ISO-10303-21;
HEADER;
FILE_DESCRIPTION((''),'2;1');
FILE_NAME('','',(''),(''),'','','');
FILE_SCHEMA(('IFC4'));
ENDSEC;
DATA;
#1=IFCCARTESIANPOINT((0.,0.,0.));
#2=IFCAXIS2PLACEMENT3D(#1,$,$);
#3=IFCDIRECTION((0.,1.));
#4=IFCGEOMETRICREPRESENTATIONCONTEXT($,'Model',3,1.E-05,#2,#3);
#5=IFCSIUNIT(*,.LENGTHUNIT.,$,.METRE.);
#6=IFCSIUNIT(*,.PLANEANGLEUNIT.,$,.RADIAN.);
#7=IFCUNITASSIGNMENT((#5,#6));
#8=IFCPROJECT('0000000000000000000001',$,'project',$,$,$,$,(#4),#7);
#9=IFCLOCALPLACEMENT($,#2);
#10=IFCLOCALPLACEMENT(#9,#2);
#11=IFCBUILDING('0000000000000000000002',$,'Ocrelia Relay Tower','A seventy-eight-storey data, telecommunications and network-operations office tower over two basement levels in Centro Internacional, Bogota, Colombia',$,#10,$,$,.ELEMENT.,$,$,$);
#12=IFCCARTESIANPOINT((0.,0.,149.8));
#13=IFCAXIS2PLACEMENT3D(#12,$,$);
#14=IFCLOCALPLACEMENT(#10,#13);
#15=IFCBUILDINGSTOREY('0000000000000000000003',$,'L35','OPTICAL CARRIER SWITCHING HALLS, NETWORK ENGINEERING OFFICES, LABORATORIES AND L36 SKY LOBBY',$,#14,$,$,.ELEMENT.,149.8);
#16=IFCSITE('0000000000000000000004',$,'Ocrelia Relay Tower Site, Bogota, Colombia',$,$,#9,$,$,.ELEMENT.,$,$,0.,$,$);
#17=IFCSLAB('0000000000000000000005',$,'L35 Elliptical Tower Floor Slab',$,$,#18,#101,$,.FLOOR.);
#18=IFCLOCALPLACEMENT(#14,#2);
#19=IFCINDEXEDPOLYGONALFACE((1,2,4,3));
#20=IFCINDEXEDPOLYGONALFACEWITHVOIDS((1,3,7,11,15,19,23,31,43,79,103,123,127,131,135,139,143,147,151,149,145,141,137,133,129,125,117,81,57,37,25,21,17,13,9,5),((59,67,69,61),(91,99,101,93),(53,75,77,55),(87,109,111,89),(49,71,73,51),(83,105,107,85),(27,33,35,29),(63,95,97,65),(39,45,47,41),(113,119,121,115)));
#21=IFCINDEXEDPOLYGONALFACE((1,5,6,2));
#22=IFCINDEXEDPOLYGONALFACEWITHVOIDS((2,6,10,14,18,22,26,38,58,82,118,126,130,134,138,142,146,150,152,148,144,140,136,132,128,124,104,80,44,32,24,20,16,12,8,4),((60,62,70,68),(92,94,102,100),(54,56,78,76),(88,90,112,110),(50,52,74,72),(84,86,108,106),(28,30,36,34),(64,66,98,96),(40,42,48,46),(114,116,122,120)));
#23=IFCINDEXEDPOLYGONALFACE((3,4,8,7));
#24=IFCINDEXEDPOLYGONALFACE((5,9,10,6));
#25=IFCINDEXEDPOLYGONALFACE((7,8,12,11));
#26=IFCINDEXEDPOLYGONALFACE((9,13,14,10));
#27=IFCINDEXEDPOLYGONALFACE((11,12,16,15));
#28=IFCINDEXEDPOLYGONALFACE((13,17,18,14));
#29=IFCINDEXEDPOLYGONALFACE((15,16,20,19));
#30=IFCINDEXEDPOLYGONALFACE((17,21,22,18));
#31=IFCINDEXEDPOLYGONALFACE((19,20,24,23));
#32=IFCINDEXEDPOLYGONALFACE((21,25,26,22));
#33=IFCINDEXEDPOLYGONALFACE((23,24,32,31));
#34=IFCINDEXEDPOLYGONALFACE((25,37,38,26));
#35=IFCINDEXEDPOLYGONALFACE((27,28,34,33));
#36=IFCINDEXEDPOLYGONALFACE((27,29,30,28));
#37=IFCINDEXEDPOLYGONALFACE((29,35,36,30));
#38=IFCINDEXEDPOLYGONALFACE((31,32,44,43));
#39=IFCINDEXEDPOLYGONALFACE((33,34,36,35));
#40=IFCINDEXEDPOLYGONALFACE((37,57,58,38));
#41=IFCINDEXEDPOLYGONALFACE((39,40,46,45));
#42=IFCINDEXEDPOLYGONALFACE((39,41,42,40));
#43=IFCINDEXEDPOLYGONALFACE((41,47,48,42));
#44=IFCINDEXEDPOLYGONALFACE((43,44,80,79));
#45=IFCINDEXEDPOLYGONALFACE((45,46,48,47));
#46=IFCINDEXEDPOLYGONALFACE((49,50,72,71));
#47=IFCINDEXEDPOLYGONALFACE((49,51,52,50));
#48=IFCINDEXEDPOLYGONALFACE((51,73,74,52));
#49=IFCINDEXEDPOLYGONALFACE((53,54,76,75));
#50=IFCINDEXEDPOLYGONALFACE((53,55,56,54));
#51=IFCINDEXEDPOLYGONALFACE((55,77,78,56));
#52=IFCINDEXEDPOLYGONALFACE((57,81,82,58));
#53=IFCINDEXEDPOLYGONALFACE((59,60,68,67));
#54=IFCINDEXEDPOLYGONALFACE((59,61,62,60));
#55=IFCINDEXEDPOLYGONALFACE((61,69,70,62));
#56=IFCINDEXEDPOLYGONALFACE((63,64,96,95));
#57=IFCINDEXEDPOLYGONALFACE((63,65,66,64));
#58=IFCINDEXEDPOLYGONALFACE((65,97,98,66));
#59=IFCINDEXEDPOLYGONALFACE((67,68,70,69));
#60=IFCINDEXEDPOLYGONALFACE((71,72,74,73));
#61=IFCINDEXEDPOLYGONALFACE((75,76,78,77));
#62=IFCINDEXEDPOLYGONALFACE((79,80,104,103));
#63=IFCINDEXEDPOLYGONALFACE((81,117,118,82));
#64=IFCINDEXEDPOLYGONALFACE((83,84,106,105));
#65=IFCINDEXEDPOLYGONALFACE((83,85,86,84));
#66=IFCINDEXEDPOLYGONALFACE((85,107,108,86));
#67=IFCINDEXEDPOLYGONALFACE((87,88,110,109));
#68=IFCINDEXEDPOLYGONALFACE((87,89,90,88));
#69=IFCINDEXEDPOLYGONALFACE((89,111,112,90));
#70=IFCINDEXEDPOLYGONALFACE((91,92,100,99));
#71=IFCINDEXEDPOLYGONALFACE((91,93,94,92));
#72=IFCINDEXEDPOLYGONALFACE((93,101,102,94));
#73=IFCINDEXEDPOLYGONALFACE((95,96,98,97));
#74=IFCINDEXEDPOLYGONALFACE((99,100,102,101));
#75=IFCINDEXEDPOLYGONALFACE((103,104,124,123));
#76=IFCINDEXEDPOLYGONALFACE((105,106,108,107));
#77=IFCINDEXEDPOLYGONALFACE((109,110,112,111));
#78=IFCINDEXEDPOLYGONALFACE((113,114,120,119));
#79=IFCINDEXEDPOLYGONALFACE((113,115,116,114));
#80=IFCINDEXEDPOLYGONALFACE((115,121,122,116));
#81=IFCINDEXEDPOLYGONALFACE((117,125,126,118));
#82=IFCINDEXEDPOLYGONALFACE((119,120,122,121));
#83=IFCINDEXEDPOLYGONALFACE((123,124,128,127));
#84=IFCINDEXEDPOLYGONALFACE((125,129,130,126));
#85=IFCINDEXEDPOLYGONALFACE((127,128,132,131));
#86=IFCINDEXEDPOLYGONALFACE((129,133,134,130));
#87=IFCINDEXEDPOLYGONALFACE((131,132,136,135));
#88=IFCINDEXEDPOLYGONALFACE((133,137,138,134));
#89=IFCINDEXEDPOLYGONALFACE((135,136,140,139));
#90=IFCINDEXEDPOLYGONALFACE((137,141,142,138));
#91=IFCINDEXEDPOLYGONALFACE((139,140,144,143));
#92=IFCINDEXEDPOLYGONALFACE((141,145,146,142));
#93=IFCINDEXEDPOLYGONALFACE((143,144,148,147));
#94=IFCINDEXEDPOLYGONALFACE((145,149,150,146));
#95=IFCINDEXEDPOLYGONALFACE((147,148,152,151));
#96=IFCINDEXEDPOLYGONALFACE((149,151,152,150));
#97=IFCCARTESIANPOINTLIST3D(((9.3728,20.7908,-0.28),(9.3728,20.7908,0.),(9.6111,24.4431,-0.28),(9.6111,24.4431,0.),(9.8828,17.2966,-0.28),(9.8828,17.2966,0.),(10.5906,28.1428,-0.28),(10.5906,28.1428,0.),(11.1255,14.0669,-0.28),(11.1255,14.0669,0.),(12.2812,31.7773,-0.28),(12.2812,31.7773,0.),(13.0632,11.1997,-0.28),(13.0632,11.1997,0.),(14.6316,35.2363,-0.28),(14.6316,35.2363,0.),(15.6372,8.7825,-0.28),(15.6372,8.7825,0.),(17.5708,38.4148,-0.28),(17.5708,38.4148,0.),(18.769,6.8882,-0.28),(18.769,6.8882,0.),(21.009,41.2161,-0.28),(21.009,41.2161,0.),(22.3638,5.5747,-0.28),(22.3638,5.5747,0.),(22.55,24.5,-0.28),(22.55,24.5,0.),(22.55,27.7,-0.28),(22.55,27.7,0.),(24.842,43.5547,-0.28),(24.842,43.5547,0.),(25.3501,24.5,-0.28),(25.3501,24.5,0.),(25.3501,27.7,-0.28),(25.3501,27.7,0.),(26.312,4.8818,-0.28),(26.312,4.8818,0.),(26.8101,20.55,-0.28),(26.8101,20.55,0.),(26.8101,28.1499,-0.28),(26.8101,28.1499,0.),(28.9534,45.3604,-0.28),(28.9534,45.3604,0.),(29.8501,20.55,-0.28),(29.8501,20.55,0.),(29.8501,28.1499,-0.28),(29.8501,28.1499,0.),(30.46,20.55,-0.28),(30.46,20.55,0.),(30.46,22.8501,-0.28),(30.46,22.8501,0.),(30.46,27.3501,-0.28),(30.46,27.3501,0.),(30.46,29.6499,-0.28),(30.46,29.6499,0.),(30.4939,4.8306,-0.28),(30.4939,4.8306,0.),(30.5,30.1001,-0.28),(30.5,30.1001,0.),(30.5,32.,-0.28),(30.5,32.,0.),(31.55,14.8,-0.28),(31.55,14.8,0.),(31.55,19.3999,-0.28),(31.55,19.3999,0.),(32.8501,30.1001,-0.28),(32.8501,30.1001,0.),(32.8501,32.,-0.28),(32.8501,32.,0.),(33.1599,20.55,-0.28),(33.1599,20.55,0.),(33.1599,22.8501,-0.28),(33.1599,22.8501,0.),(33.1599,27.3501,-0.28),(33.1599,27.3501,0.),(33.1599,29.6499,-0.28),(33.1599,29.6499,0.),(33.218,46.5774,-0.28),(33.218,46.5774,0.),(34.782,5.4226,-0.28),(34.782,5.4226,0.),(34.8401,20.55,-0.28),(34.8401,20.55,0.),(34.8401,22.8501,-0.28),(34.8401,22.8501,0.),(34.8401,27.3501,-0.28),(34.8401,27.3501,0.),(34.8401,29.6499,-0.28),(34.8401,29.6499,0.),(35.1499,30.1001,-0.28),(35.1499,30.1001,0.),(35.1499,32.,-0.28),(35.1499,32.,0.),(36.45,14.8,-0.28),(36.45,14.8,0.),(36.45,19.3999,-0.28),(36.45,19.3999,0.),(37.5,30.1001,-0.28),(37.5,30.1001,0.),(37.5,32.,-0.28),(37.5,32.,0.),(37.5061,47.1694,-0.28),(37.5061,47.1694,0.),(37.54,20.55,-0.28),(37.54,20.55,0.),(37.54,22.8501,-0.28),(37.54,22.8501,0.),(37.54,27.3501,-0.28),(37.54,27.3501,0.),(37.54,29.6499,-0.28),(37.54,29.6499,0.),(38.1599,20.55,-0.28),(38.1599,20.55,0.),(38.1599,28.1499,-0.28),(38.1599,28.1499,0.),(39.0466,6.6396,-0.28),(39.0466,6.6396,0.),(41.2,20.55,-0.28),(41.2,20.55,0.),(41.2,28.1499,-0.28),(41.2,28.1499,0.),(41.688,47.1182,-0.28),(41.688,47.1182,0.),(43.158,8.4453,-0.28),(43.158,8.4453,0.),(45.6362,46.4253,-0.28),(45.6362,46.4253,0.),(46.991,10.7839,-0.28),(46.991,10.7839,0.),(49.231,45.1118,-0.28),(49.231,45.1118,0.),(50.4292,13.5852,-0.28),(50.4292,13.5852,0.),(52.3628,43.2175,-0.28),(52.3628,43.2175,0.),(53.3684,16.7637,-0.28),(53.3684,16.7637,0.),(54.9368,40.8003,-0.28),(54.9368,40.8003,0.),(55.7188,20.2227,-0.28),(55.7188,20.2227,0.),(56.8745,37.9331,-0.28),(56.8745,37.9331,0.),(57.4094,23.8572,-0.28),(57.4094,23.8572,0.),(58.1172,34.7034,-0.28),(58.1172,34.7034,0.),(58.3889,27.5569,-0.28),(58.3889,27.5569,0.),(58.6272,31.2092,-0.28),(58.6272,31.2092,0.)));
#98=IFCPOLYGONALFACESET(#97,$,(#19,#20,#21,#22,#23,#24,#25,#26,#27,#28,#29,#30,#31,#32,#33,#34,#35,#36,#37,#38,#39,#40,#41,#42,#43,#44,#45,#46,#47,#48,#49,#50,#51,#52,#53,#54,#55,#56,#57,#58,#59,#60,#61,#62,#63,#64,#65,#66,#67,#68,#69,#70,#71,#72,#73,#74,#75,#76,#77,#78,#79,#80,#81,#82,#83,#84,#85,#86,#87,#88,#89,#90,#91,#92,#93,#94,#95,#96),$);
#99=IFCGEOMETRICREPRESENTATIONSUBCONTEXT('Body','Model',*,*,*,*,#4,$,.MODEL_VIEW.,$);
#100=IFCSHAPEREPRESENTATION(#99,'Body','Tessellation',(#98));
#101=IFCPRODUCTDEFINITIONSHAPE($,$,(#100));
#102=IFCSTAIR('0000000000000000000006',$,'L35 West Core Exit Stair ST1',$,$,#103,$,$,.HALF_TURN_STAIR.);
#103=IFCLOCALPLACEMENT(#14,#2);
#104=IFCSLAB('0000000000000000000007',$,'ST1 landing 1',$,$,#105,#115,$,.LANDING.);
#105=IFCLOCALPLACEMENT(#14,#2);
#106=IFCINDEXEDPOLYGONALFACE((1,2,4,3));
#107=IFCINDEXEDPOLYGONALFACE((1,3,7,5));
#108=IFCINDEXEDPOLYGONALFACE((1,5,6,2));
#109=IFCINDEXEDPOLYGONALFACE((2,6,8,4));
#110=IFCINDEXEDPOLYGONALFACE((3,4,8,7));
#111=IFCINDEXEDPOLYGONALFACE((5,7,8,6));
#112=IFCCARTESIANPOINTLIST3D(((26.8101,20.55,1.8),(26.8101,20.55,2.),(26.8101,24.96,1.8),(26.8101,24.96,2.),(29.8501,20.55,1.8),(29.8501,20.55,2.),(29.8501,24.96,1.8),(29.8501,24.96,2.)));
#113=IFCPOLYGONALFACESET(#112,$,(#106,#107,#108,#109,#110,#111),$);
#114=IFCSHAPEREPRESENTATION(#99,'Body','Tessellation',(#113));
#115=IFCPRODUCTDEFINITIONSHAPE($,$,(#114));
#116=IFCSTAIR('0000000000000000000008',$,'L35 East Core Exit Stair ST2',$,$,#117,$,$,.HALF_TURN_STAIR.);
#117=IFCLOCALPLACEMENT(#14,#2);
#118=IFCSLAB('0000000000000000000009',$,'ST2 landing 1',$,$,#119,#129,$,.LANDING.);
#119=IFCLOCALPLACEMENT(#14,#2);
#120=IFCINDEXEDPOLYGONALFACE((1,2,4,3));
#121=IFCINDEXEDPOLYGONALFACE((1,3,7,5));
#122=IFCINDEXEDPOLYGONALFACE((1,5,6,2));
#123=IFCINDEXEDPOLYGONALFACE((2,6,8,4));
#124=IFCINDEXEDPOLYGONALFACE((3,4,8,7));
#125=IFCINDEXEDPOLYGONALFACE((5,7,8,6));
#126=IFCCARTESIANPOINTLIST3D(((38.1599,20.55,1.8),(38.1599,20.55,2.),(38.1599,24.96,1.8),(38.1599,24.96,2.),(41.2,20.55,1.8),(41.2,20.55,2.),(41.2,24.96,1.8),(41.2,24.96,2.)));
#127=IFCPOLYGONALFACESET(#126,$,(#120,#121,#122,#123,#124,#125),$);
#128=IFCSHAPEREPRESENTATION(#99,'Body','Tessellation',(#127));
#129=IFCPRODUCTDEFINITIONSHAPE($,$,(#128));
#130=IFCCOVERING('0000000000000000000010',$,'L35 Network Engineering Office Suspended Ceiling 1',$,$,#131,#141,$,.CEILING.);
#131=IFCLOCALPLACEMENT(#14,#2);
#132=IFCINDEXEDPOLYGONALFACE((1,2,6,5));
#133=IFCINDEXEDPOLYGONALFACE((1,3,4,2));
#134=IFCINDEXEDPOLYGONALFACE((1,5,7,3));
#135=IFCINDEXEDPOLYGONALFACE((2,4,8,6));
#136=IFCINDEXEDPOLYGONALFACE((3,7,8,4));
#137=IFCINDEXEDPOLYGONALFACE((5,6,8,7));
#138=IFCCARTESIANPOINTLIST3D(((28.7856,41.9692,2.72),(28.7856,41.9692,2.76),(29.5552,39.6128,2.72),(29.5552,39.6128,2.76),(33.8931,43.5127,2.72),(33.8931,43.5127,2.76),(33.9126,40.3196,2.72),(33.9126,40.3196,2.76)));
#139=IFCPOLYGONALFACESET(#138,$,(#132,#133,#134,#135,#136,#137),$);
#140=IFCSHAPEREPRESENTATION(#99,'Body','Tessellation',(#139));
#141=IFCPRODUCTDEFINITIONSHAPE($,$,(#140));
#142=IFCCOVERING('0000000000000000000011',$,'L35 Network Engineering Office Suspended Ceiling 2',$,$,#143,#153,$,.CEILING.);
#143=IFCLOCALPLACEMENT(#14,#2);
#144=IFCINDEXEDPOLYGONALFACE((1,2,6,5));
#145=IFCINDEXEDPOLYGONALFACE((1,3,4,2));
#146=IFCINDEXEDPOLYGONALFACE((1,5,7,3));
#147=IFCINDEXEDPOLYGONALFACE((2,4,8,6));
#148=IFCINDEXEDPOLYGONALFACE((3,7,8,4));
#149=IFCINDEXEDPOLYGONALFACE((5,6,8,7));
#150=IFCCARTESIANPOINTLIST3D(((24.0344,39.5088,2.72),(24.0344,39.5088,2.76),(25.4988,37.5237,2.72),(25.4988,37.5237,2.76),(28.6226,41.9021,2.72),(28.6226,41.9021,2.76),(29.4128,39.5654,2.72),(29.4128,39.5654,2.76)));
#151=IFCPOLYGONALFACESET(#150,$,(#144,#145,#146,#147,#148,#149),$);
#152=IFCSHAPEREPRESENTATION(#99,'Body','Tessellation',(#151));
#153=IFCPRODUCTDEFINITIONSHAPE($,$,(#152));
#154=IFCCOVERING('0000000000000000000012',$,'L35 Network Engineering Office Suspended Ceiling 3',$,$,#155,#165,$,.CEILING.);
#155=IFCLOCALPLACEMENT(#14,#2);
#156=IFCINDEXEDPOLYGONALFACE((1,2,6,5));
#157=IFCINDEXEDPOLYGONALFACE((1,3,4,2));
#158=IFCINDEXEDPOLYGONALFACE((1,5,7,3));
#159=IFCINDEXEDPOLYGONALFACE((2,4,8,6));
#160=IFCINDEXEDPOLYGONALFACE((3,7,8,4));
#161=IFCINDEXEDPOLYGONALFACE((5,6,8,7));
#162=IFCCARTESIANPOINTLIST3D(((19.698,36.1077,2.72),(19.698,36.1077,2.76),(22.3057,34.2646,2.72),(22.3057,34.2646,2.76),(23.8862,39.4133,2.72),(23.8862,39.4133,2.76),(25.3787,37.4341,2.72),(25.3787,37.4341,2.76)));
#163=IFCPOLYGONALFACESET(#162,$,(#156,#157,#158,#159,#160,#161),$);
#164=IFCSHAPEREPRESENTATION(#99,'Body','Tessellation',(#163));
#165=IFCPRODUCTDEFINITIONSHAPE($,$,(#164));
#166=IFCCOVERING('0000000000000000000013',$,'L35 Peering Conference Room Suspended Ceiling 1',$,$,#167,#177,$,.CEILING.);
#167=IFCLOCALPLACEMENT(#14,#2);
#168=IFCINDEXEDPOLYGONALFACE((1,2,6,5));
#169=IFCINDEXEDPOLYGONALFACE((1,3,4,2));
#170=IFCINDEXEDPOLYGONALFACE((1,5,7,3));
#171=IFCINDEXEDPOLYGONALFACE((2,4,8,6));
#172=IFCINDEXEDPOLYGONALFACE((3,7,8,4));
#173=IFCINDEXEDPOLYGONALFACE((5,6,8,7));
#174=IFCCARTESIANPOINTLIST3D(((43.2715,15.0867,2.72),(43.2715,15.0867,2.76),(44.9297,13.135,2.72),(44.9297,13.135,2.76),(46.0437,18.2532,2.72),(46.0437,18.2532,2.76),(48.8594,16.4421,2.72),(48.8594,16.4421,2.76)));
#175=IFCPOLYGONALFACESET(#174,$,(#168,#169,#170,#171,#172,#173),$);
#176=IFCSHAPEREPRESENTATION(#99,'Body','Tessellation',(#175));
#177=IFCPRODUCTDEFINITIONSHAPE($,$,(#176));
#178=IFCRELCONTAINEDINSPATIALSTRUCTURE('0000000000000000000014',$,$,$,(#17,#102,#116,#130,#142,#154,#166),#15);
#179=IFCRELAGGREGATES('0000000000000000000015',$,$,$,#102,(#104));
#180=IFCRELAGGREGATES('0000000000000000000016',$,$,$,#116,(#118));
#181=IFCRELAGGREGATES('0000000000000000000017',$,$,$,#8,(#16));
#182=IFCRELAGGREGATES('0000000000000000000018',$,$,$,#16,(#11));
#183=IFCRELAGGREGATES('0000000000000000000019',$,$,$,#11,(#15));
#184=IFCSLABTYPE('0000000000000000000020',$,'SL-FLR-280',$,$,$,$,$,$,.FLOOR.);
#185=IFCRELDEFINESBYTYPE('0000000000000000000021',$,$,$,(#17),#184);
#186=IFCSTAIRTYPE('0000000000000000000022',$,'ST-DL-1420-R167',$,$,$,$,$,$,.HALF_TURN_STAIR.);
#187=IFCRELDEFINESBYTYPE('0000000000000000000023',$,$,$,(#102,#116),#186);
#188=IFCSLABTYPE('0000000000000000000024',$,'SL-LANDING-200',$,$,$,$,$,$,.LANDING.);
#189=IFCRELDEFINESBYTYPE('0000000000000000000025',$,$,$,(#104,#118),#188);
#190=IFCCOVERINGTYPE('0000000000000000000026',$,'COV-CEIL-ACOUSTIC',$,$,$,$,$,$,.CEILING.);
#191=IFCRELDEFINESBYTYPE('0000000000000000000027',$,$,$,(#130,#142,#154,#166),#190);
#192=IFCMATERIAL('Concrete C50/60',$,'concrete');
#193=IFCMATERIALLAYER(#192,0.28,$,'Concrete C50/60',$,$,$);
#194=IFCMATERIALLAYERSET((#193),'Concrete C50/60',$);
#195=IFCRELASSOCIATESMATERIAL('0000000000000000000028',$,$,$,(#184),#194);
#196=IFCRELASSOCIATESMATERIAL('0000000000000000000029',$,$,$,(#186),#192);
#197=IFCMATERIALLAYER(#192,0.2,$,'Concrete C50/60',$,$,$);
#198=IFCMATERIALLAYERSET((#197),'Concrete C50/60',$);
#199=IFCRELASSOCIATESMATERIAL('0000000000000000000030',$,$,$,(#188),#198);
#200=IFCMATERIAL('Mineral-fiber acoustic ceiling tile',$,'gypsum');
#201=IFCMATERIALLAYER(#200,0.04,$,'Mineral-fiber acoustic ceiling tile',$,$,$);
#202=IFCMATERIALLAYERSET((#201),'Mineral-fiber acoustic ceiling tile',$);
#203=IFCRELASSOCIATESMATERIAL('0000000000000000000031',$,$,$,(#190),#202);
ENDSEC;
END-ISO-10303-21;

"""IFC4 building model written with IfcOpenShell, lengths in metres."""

from ifc_helpers import new_model, si_unit, direction, frame, origin, place, context, subcontext, project, spatial, polyline, outline, extrude, material, layer, layer_set, type_object, element, aggregate, save


model = new_model("IFC4")

# Units and contexts
model_context = context("Model", 3, precision=1e-05, world=origin(), true_north=direction((0.0, 1.0)))
body_context = subcontext(model_context, "Body", "Model", "MODEL_VIEW")
ifc_project = project(units=[si_unit("LENGTHUNIT", "METRE"), si_unit("PLANEANGLEUNIT", "RADIAN")], contexts=[model_context])

# Site, building, storey
site_placement = place(None, origin())
site = spatial("IfcSite", under=ifc_project, at=site_placement, Name="Ocrelia Relay Tower Site, Bogota, Colombia", CompositionType="ELEMENT", RefElevation=0.0)
building_placement = place(site_placement, origin())
building = spatial("IfcBuilding", under=site, at=building_placement, Name="Ocrelia Relay Tower", Description="A seventy-eight-storey data, telecommunications and network-operations office tower over two basement levels in Centro Internacional, Bogota, Colombia", CompositionType="ELEMENT")
storey_placement = place(building_placement, frame((0.0, 0.0, 149.8)))
storey = spatial("IfcBuildingStorey", under=building, at=storey_placement, Name="L35", Description="OPTICAL CARRIER SWITCHING HALLS, NETWORK ENGINEERING OFFICES, LABORATORIES AND L36 SKY LOBBY", CompositionType="ELEMENT", Elevation=149.8)

# Slab
ifc_material_1 = material(Name="Concrete C50/60", Category="concrete")
ifc_layer_1 = layer(ifc_material_1, 0.28, Name="Concrete C50/60")
ifc_layer_set_1 = layer_set([ifc_layer_1], Name="Concrete C50/60")
slab_type_1 = type_object("IfcSlabType", Name="SL-FLR-280", PredefinedType="FLOOR", material=ifc_layer_set_1)
slab_1_placement = place(storey_placement, frame((0.0, 0.0, -0.28)))
element("IfcSlab", 1, at=slab_1_placement, inside=storey, type_object=slab_type_1, Name="L35 Elliptical Tower Floor Slab", PredefinedType="FLOOR", context=body_context, shape_type="SweptSolid", body=[
    extrude(outline(polyline([(56.8745, 37.9331), (54.9368, 40.8003), (52.3628, 43.2175), (49.231, 45.1118), (45.6362, 46.4253), (41.688, 47.1182), (37.5061, 47.1694), (33.218, 46.5774), (28.9534, 45.3604), (24.842, 43.5547), (21.009, 41.2161), (17.5708, 38.4148), (14.6316, 35.2363), (12.2812, 31.7773), (10.5906, 28.1428), (9.6111, 24.4431), (9.3728, 20.7908), (9.8828, 17.2966), (11.1255, 14.0669), (13.0632, 11.1997), (15.6372, 8.7825), (18.769, 6.8882), (22.3638, 5.5747), (26.312, 4.8818), (30.4939, 4.8306), (34.782, 5.4226), (39.0466, 6.6396), (43.158, 8.4453), (46.991, 10.7839), (50.4292, 13.5852), (53.3684, 16.7637), (55.7188, 20.2227), (57.4094, 23.8572), (58.3889, 27.5569), (58.6272, 31.2092), (58.1172, 34.7034), (56.8745, 37.9331)]), holes=[polyline([(26.8101, 28.1499), (26.8101, 20.55), (29.8501, 20.55), (29.8501, 28.1499), (26.8101, 28.1499)]), polyline([(38.1599, 28.1499), (38.1599, 20.55), (41.2, 20.55), (41.2, 28.1499), (38.1599, 28.1499)]), polyline([(30.46, 20.55), (33.1599, 20.55), (33.1599, 22.8501), (30.46, 22.8501), (30.46, 20.55)]), polyline([(34.8401, 20.55), (37.54, 20.55), (37.54, 22.8501), (34.8401, 22.8501), (34.8401, 20.55)]), polyline([(30.46, 27.3501), (33.1599, 27.3501), (33.1599, 29.6499), (30.46, 29.6499), (30.46, 27.3501)]), polyline([(34.8401, 27.3501), (37.54, 27.3501), (37.54, 29.6499), (34.8401, 29.6499), (34.8401, 27.3501)]), polyline([(30.5, 30.1001), (32.8501, 30.1001), (32.8501, 32.0), (30.5, 32.0), (30.5, 30.1001)]), polyline([(35.1499, 30.1001), (37.5, 30.1001), (37.5, 32.0), (35.1499, 32.0), (35.1499, 30.1001)]), polyline([(22.55, 24.5), (25.3501, 24.5), (25.3501, 27.7), (22.55, 27.7), (22.55, 24.5)]), polyline([(31.55, 14.8), (36.45, 14.8), (36.45, 19.3999), (31.55, 19.3999), (31.55, 14.8)])]), origin(), (0.0, 0.0, 1.0), 0.28),
])

# Stairs, slabs
stair_type = type_object("IfcStairType", Name="ST-DL-1420-R167", PredefinedType="HALF_TURN_STAIR", material=ifc_material_1)
stair_1_placement = place(storey_placement, origin())
stair_1 = element("IfcStair", 2, at=stair_1_placement, inside=storey, type_object=stair_type, Name="L35 West Core Exit Stair ST1", PredefinedType="HALF_TURN_STAIR")
ifc_layer_2 = layer(ifc_material_1, 0.2, Name="Concrete C50/60")
ifc_layer_set_2 = layer_set([ifc_layer_2], Name="Concrete C50/60")
slab_type_2 = type_object("IfcSlabType", Name="SL-LANDING-200", PredefinedType="LANDING", material=ifc_layer_set_2)
slab_2_placement = place(storey_placement, frame((0.0, 0.0, 1.8)))
slab_2 = element("IfcSlab", 3, at=slab_2_placement, type_object=slab_type_2, Name="ST1 landing 1", PredefinedType="LANDING", context=body_context, shape_type="SweptSolid", body=[
    extrude(outline(polyline([(26.8101, 24.96), (26.8101, 20.55), (29.8501, 20.55), (29.8501, 24.96), (26.8101, 24.96)])), origin(), (0.0, 0.0, 1.0), 0.2),
])
aggregate(stair_1, [slab_2])
stair_2_placement = place(storey_placement, origin())
stair_2 = element("IfcStair", 4, at=stair_2_placement, inside=storey, type_object=stair_type, Name="L35 East Core Exit Stair ST2", PredefinedType="HALF_TURN_STAIR")
slab_3_placement = place(storey_placement, frame((0.0, 0.0, 1.8)))
slab_3 = element("IfcSlab", 5, at=slab_3_placement, type_object=slab_type_2, Name="ST2 landing 1", PredefinedType="LANDING", context=body_context, shape_type="SweptSolid", body=[
    extrude(outline(polyline([(38.1599, 24.96), (38.1599, 20.55), (41.2, 20.55), (41.2, 24.96), (38.1599, 24.96)])), origin(), (0.0, 0.0, 1.0), 0.2),
])
aggregate(stair_2, [slab_3])

# Coverings
ifc_material_2 = material(Name="Mineral-fiber acoustic ceiling tile", Category="gypsum")
ifc_layer_3 = layer(ifc_material_2, 0.04, Name="Mineral-fiber acoustic ceiling tile")
ifc_layer_set_3 = layer_set([ifc_layer_3], Name="Mineral-fiber acoustic ceiling tile")
covering_type_1 = type_object("IfcCoveringType", Name="COV-CEIL-ACOUSTIC", PredefinedType="CEILING", material=ifc_layer_set_3)
covering_1_placement = place(storey_placement, frame((0.0, 0.0, 2.72)))
element("IfcCovering", 6, at=covering_1_placement, inside=storey, type_object=covering_type_1, Name="L35 Network Engineering Office Suspended Ceiling 1", PredefinedType="CEILING", context=body_context, shape_type="SweptSolid", body=[
    extrude(outline(polyline([(33.9126, 40.3196), (33.8931, 43.5127), (28.7856, 41.9692), (29.5552, 39.6128), (33.9126, 40.3196)])), origin(), (0.0, 0.0, 1.0), 0.04),
])
covering_2_placement = place(storey_placement, frame((0.0, 0.0, 2.72)))
element("IfcCovering", 7, at=covering_2_placement, inside=storey, type_object=covering_type_1, Name="L35 Network Engineering Office Suspended Ceiling 2", PredefinedType="CEILING", context=body_context, shape_type="SweptSolid", body=[
    extrude(outline(polyline([(29.4128, 39.5654), (28.6226, 41.9021), (24.0344, 39.5088), (25.4988, 37.5237), (29.4128, 39.5654)])), origin(), (0.0, 0.0, 1.0), 0.04),
])
covering_3_placement = place(storey_placement, frame((0.0, 0.0, 2.72)))
element("IfcCovering", 8, at=covering_3_placement, inside=storey, type_object=covering_type_1, Name="L35 Network Engineering Office Suspended Ceiling 3", PredefinedType="CEILING", context=body_context, shape_type="SweptSolid", body=[
    extrude(outline(polyline([(25.3787, 37.4341), (23.8862, 39.4133), (19.698, 36.1077), (22.3057, 34.2646), (25.3787, 37.4341)])), origin(), (0.0, 0.0, 1.0), 0.04),
])
covering_4_placement = place(storey_placement, frame((0.0, 0.0, 2.72)))
element("IfcCovering", 9, at=covering_4_placement, inside=storey, type_object=covering_type_1, Name="L35 Peering Conference Room Suspended Ceiling 1", PredefinedType="CEILING", context=body_context, shape_type="SweptSolid", body=[
    extrude(outline(polyline([(43.2715, 15.0867), (44.9297, 13.135), (48.8594, 16.4421), (46.0437, 18.2532), (43.2715, 15.0867)])), origin(), (0.0, 0.0, 1.0), 0.04),
])

save(model, "model.ifc")
